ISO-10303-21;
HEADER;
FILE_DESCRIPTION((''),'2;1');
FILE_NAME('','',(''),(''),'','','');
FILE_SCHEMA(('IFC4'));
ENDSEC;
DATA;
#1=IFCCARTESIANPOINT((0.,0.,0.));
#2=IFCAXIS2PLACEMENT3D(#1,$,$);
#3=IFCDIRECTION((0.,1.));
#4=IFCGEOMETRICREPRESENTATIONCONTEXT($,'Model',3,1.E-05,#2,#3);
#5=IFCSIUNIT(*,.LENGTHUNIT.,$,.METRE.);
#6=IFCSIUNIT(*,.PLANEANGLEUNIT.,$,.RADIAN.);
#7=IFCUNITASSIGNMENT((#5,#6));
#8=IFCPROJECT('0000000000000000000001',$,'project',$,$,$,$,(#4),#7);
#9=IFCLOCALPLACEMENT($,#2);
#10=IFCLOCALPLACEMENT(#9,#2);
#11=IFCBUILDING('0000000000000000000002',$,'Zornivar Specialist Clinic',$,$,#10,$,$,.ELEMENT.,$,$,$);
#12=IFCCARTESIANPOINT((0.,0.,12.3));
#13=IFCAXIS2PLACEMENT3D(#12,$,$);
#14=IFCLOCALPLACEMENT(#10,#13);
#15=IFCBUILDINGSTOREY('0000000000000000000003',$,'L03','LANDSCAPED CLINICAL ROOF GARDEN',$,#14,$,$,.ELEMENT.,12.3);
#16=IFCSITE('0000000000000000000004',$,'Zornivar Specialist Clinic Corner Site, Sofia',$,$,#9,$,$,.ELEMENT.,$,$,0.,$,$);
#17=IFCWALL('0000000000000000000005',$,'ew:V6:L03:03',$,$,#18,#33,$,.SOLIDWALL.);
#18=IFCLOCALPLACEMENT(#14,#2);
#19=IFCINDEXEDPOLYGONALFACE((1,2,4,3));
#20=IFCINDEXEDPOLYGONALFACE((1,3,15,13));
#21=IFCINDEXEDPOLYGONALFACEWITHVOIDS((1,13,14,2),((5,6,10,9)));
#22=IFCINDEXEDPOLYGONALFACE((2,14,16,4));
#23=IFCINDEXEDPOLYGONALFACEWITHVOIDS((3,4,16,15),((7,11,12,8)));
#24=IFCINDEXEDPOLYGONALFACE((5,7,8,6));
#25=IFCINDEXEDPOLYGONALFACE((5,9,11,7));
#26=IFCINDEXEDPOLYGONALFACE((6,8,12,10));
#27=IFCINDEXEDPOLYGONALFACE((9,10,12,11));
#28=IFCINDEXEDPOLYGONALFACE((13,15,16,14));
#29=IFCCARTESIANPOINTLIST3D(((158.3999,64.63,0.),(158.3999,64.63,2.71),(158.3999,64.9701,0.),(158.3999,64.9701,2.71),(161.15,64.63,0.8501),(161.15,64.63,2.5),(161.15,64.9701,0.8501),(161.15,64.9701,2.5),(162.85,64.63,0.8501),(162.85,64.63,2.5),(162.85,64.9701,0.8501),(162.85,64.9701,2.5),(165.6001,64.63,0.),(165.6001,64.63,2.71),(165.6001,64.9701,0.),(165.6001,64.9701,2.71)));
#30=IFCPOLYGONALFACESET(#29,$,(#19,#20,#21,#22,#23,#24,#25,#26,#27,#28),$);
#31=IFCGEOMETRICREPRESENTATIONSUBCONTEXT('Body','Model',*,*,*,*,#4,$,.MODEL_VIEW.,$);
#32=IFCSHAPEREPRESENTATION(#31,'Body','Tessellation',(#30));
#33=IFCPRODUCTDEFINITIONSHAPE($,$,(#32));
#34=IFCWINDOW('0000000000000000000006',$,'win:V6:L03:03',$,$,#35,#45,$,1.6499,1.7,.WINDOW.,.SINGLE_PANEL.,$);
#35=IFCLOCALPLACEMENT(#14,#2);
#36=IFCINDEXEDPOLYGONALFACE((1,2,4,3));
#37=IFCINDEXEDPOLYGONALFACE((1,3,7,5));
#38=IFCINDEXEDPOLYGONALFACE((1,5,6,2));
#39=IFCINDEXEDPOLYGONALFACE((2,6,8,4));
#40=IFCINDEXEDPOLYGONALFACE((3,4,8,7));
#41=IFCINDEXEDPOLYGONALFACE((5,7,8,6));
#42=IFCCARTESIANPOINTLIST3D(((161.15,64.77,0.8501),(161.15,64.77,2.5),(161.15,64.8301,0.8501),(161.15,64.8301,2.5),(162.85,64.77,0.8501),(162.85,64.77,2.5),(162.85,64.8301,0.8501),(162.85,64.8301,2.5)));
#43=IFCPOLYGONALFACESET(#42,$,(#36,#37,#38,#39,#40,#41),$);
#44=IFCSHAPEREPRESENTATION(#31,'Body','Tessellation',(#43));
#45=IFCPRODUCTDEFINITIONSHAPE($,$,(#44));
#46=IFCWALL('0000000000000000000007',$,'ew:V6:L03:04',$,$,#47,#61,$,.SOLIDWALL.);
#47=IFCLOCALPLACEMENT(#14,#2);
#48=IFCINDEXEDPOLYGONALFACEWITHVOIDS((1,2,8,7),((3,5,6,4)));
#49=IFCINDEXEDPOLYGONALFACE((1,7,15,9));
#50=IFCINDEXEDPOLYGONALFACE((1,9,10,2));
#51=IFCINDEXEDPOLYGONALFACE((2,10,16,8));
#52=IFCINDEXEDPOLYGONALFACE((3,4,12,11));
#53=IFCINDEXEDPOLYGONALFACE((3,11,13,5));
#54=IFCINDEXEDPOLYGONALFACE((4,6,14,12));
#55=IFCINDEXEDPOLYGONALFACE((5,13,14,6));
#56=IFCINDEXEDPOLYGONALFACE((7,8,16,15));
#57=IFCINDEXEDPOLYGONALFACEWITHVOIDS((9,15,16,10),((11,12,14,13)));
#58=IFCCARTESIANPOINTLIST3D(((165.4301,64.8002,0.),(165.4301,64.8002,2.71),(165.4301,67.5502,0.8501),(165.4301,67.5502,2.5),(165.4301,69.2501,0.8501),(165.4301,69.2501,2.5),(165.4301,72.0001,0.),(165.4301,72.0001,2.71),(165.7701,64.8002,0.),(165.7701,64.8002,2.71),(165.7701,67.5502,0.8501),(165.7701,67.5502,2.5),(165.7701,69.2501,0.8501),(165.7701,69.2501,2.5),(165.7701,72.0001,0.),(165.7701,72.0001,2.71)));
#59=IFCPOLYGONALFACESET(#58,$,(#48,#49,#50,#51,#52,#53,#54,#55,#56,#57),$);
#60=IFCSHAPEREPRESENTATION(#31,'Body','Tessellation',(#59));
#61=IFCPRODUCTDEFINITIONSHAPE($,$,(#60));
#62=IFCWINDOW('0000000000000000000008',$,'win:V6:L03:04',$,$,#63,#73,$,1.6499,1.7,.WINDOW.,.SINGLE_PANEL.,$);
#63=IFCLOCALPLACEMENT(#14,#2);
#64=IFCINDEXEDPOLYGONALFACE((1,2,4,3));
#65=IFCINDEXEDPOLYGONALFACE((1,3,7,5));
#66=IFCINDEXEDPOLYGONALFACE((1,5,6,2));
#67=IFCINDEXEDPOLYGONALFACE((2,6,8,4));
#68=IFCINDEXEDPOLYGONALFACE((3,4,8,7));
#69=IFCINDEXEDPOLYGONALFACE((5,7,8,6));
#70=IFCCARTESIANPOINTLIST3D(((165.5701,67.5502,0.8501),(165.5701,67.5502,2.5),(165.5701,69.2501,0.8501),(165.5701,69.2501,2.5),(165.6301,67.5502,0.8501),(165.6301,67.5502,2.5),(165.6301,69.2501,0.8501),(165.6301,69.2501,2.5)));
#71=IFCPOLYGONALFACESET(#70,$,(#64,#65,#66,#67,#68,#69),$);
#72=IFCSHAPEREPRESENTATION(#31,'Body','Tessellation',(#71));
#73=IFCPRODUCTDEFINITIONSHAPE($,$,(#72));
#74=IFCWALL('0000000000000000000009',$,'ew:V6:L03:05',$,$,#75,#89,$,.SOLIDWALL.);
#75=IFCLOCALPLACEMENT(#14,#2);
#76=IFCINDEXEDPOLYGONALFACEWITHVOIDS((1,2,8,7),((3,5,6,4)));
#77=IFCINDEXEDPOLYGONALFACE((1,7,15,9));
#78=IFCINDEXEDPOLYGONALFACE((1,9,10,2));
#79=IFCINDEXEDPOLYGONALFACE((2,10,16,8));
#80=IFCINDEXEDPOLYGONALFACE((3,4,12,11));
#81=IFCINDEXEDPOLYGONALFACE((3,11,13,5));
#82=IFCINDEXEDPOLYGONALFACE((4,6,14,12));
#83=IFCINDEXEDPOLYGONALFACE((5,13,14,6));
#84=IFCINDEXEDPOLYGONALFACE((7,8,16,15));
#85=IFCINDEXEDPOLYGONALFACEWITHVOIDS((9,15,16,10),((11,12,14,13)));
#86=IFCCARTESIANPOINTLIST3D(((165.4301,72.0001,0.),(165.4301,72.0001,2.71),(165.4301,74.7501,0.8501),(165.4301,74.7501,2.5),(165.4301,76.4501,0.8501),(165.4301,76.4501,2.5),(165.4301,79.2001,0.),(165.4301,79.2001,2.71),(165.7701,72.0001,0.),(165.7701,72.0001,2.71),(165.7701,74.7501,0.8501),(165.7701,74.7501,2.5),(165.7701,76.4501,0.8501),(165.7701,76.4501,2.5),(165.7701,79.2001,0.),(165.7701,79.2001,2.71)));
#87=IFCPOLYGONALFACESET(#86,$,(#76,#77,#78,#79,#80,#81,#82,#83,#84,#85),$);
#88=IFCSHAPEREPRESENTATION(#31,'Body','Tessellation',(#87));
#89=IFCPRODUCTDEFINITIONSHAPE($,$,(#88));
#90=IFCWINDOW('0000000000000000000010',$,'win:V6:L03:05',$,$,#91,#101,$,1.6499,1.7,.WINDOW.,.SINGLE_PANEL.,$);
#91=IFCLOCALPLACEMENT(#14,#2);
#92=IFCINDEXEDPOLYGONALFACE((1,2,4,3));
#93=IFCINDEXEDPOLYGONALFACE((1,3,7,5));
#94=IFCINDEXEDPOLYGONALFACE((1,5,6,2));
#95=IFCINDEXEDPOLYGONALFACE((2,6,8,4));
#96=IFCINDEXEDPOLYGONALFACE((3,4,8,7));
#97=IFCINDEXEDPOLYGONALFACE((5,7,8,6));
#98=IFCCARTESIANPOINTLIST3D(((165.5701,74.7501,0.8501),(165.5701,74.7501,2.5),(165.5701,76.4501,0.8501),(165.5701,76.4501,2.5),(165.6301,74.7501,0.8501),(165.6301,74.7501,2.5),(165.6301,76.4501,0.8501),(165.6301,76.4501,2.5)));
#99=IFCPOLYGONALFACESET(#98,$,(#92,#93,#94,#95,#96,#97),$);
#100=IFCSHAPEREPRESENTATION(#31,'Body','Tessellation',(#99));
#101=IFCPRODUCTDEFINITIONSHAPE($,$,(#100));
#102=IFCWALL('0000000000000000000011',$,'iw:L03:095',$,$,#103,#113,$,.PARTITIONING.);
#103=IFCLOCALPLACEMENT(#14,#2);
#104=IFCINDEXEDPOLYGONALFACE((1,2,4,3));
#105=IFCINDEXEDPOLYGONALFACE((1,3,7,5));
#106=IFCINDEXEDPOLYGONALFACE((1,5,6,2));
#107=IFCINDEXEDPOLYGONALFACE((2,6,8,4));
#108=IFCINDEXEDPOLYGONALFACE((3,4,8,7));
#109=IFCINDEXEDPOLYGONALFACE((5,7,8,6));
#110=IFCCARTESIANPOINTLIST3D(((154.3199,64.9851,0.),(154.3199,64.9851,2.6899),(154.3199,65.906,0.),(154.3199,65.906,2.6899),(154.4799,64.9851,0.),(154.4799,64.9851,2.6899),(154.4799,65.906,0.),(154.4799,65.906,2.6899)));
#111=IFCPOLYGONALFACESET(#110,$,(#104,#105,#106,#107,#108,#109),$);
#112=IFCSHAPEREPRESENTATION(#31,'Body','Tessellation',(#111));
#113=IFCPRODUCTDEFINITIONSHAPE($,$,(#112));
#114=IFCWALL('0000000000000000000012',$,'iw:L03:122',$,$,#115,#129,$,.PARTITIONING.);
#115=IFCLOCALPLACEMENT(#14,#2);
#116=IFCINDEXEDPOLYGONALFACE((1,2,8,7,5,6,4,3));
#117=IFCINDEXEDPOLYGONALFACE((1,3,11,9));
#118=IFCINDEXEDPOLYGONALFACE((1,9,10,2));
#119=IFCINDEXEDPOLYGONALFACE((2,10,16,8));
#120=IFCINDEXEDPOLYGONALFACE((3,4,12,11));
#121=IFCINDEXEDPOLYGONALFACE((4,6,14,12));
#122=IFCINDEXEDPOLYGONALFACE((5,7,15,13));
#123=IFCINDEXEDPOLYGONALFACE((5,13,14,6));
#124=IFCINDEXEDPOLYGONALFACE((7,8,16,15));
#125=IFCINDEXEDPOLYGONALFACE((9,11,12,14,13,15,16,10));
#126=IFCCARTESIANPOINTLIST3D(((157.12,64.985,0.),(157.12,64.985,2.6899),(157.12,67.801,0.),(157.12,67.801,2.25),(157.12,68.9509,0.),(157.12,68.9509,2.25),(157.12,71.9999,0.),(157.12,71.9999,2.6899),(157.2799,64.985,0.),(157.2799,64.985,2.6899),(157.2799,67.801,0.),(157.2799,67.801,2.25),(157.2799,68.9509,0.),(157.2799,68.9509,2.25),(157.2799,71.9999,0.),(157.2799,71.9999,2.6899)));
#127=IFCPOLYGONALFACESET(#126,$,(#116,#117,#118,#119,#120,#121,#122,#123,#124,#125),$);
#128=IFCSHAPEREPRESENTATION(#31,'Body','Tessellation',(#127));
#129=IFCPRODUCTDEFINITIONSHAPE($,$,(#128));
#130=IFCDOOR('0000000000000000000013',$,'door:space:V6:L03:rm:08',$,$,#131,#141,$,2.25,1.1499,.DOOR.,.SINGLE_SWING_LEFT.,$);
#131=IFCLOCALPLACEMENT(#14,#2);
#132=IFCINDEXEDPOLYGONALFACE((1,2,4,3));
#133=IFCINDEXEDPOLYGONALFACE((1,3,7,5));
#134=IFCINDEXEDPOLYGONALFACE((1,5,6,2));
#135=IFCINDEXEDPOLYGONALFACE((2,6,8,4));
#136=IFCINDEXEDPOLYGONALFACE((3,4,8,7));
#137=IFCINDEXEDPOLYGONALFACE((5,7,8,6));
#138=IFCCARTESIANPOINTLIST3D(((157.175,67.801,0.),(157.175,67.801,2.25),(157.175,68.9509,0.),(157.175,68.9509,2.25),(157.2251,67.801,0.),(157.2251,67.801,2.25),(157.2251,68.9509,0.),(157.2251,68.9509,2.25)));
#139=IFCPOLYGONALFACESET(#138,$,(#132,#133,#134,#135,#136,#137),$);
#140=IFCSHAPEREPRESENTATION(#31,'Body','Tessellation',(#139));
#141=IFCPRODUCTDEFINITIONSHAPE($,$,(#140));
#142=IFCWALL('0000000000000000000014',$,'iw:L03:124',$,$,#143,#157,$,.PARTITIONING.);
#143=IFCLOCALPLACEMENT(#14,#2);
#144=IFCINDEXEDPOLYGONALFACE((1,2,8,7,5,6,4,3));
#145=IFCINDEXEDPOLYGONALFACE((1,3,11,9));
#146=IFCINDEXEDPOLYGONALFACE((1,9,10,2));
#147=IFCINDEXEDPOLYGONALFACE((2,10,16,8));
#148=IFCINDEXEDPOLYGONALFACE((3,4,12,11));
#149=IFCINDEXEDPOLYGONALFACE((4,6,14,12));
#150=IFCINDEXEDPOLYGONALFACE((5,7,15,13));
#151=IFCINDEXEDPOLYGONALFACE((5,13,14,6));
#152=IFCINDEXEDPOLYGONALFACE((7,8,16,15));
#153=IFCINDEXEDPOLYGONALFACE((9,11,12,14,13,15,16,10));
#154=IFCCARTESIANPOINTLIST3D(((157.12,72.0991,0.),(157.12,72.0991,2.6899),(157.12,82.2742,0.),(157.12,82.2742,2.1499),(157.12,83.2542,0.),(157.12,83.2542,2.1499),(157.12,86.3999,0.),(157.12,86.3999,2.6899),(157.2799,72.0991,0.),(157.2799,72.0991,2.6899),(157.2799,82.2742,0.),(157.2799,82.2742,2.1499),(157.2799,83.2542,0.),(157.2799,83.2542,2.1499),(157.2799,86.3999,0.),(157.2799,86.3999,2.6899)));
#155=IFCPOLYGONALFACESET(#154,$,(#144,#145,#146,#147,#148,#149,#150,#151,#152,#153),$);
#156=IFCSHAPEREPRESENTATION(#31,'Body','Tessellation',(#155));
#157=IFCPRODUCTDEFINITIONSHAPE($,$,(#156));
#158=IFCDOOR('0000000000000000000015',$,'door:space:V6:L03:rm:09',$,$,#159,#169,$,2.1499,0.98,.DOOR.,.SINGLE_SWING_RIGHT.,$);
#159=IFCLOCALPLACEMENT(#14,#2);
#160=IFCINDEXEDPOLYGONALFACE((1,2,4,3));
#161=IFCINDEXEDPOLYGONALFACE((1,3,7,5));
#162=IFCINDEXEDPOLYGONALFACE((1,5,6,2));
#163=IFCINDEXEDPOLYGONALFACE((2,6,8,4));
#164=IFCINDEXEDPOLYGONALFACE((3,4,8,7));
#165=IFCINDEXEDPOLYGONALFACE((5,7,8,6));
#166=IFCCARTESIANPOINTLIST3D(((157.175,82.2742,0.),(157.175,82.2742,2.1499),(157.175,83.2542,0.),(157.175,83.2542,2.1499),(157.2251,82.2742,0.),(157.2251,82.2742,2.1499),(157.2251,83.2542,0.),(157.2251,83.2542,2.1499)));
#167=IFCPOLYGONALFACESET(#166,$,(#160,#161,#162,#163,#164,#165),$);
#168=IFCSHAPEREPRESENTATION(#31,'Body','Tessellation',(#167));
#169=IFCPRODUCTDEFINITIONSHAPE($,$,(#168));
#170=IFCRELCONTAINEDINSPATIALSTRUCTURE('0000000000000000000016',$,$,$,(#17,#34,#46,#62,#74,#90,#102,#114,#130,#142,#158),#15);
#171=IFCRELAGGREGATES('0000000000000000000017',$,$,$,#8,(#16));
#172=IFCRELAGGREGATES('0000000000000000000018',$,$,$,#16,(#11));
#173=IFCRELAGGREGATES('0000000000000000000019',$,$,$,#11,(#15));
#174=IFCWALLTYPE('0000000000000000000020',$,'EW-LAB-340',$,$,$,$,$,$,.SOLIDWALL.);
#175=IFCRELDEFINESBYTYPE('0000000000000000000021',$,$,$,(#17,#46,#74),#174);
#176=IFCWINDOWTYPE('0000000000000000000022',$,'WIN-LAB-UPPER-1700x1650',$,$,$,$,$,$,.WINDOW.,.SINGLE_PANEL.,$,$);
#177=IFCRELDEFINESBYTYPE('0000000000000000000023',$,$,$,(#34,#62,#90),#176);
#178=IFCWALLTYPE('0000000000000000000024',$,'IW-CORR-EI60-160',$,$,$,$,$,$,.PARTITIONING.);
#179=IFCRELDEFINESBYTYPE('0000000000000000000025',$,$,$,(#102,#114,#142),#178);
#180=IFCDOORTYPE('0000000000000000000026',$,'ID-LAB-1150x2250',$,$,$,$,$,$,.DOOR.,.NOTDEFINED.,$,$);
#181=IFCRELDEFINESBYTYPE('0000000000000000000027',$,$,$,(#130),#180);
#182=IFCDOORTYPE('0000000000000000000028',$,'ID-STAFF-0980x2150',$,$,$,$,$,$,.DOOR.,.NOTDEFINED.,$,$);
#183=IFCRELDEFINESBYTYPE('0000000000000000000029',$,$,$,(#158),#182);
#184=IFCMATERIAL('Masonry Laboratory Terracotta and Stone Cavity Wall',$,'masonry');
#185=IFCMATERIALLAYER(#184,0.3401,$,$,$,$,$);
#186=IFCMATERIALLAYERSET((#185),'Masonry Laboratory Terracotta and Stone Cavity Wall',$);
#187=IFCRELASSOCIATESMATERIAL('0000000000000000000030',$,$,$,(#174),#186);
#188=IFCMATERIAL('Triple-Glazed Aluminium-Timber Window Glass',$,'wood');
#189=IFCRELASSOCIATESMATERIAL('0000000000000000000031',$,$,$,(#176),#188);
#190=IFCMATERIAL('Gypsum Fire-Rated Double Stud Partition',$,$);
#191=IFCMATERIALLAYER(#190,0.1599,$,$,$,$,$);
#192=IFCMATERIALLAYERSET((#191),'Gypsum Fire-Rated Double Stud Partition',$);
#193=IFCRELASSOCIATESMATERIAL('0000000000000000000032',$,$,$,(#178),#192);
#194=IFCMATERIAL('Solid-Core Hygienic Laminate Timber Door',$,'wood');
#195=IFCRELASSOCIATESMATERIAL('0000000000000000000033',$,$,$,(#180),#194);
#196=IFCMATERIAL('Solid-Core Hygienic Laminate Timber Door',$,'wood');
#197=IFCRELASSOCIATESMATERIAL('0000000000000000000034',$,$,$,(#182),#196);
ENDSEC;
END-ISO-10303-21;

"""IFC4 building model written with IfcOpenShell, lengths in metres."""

from ifc_helpers import new_model, si_unit, direction, frame, frame_2d, origin, place, context, subcontext, project, spatial, rectangle, extrude, material, layer, layer_set, type_object, element, fill, save


model = new_model("IFC4")

# Units and contexts
model_context = context("Model", 3, precision=1e-05, world=origin(), true_north=direction((0.0, 1.0)))
body_context = subcontext(model_context, "Body", "Model", "MODEL_VIEW")
ifc_project = project(units=[si_unit("LENGTHUNIT", "METRE"), si_unit("PLANEANGLEUNIT", "RADIAN")], contexts=[model_context])

# Site, building, storey
site_placement = place(None, origin())
site = spatial("IfcSite", under=ifc_project, at=site_placement, Name="Zornivar Specialist Clinic Corner Site, Sofia", CompositionType="ELEMENT", RefElevation=0.0)
building_placement = place(site_placement, origin())
building = spatial("IfcBuilding", under=site, at=building_placement, Name="Zornivar Specialist Clinic", CompositionType="ELEMENT")
storey_placement = place(building_placement, frame((0.0, 0.0, 12.3)))
storey = spatial("IfcBuildingStorey", under=building, at=storey_placement, Name="L03", Description="LANDSCAPED CLINICAL ROOF GARDEN", CompositionType="ELEMENT", Elevation=12.3)

# Walls, openings, windows
ifc_material_1 = material(Name="Masonry Laboratory Terracotta and Stone Cavity Wall", Category="masonry")
ifc_layer_1 = layer(ifc_material_1, 0.3401)
ifc_layer_set_1 = layer_set([ifc_layer_1], Name="Masonry Laboratory Terracotta and Stone Cavity Wall")
wall_type_1 = type_object("IfcWallType", Name="EW-LAB-340", PredefinedType="SOLIDWALL", material=ifc_layer_set_1)
wall_1_placement = place(storey_placement, frame((158.3999, 64.8, 0.0), z_axis=(0.0, 0.0, 1.0), x_axis=(1.0, 0.0, 0.0)))
wall_1 = element("IfcWall", 1, at=wall_1_placement, inside=storey, type_object=wall_type_1, Name="ew:V6:L03:03", PredefinedType="SOLIDWALL", context=body_context, shape_type="SweptSolid", body=[
    extrude(rectangle(XDim=7.2002, YDim=0.3401, at=frame_2d((3.6001, 0.0))), origin(), (0.0, 0.0, 1.0), 2.71),
])
opening_1_placement = place(wall_1_placement, frame((2.75, 0.0, 0.8501)))
opening_1 = element("IfcOpeningElement", 2, at=opening_1_placement, cuts=wall_1, PredefinedType="OPENING", context=body_context, shape_type="SweptSolid", body=[
    extrude(rectangle(XDim=1.7, YDim=1.6499, at=frame_2d((0.8501, 0.825))), frame((0.0, 0.1799, 0.0), z_axis=(0.0, -1.0, 0.0), x_axis=(1.0, 0.0, 0.0)), (0.0, 0.0, 1.0), 0.3601),
])
ifc_material_2 = material(Name="Triple-Glazed Aluminium-Timber Window Glass", Category="wood")
window_type = type_object("IfcWindowType", Name="WIN-LAB-UPPER-1700x1650", PartitioningType="SINGLE_PANEL", PredefinedType="WINDOW", material=ifc_material_2)
window_1_placement = place(opening_1_placement, origin())
window_1 = element("IfcWindow", 3, at=window_1_placement, inside=storey, type_object=window_type, Name="win:V6:L03:03", OverallHeight=1.6499, OverallWidth=1.7, PartitioningType="SINGLE_PANEL", PredefinedType="WINDOW", context=body_context, shape_type="SweptSolid", body=[
    extrude(rectangle(XDim=1.7, YDim=1.6499, at=frame_2d((0.8501, 0.825))), frame((0.0, 0.03, 0.0), z_axis=(0.0, -1.0, 0.0), x_axis=(1.0, 0.0, 0.0)), (0.0, 0.0, 1.0), 0.0601),
])
fill(opening_1, window_1)
wall_2_placement = place(storey_placement, frame((165.6001, 64.8, 0.0), z_axis=(0.0, 0.0, 1.0), x_axis=(0.0, 1.0, 0.0)))
wall_2 = element("IfcWall", 4, at=wall_2_placement, inside=storey, type_object=wall_type_1, Name="ew:V6:L03:04", PredefinedType="SOLIDWALL", context=body_context, shape_type="SweptSolid", body=[
    extrude(rectangle(XDim=7.2, YDim=0.3401, at=frame_2d((3.6001, 0.0))), origin(), (0.0, 0.0, 1.0), 2.71),
])
opening_2_placement = place(wall_2_placement, frame((2.75, 0.0, 0.8501)))
opening_2 = element("IfcOpeningElement", 5, at=opening_2_placement, cuts=wall_2, PredefinedType="OPENING", context=body_context, shape_type="SweptSolid", body=[
    extrude(rectangle(XDim=1.7, YDim=1.6499, at=frame_2d((0.8501, 0.825))), frame((0.0, 0.1799, 0.0), z_axis=(0.0, -1.0, 0.0), x_axis=(1.0, 0.0, 0.0)), (0.0, 0.0, 1.0), 0.3601),
])
window_2_placement = place(opening_2_placement, origin())
window_2 = element("IfcWindow", 6, at=window_2_placement, inside=storey, type_object=window_type, Name="win:V6:L03:04", OverallHeight=1.6499, OverallWidth=1.7, PartitioningType="SINGLE_PANEL", PredefinedType="WINDOW", context=body_context, shape_type="SweptSolid", body=[
    extrude(rectangle(XDim=1.7, YDim=1.6499, at=frame_2d((0.8501, 0.825))), frame((0.0, 0.03, 0.0), z_axis=(0.0, -1.0, 0.0), x_axis=(1.0, 0.0, 0.0)), (0.0, 0.0, 1.0), 0.0601),
])
fill(opening_2, window_2)
wall_3_placement = place(storey_placement, frame((165.6001, 72.0, 0.0), z_axis=(0.0, 0.0, 1.0), x_axis=(0.0, 1.0, 0.0)))
wall_3 = element("IfcWall", 7, at=wall_3_placement, inside=storey, type_object=wall_type_1, Name="ew:V6:L03:05", PredefinedType="SOLIDWALL", context=body_context, shape_type="SweptSolid", body=[
    extrude(rectangle(XDim=7.2, YDim=0.3401, at=frame_2d((3.6001, 0.0))), origin(), (0.0, 0.0, 1.0), 2.71),
])
opening_3_placement = place(wall_3_placement, frame((2.75, 0.0, 0.8501)))
opening_3 = element("IfcOpeningElement", 8, at=opening_3_placement, cuts=wall_3, PredefinedType="OPENING", context=body_context, shape_type="SweptSolid", body=[
    extrude(rectangle(XDim=1.7, YDim=1.6499, at=frame_2d((0.8501, 0.825))), frame((0.0, 0.1799, 0.0), z_axis=(0.0, -1.0, 0.0), x_axis=(1.0, 0.0, 0.0)), (0.0, 0.0, 1.0), 0.3601),
])
window_3_placement = place(opening_3_placement, origin())
window_3 = element("IfcWindow", 9, at=window_3_placement, inside=storey, type_object=window_type, Name="win:V6:L03:05", OverallHeight=1.6499, OverallWidth=1.7, PartitioningType="SINGLE_PANEL", PredefinedType="WINDOW", context=body_context, shape_type="SweptSolid", body=[
    extrude(rectangle(XDim=1.7, YDim=1.6499, at=frame_2d((0.8501, 0.825))), frame((0.0, 0.03, 0.0), z_axis=(0.0, -1.0, 0.0), x_axis=(1.0, 0.0, 0.0)), (0.0, 0.0, 1.0), 0.0601),
])
fill(opening_3, window_3)

# Wall
ifc_material_3 = material(Name="Gypsum Fire-Rated Double Stud Partition")
ifc_layer_2 = layer(ifc_material_3, 0.1599)
ifc_layer_set_2 = layer_set([ifc_layer_2], Name="Gypsum Fire-Rated Double Stud Partition")
wall_type_2 = type_object("IfcWallType", Name="IW-CORR-EI60-160", PredefinedType="PARTITIONING", material=ifc_layer_set_2)
wall_4_placement = place(storey_placement, frame((154.3999, 65.906, 0.0), z_axis=(0.0, 0.0, 1.0), x_axis=(0.0, -1.0, 0.0)))
element("IfcWall", 10, at=wall_4_placement, inside=storey, type_object=wall_type_2, Name="iw:L03:095", PredefinedType="PARTITIONING", context=body_context, shape_type="SweptSolid", body=[
    extrude(rectangle(XDim=0.9209, YDim=0.1599, at=frame_2d((0.4604, 0.0))), origin(), (0.0, 0.0, 1.0), 2.6899),
])

# Walls, openings, doors
wall_5_placement = place(storey_placement, frame((157.2, 64.9851, 0.0), z_axis=(0.0, 0.0, 1.0), x_axis=(0.0, 1.0, 0.0)))
wall_5 = element("IfcWall", 11, at=wall_5_placement, inside=storey, type_object=wall_type_2, Name="iw:L03:122", PredefinedType="PARTITIONING", context=body_context, shape_type="SweptSolid", body=[
    extrude(rectangle(XDim=7.0149, YDim=0.1599, at=frame_2d((3.5073, 0.0))), origin(), (0.0, 0.0, 1.0), 2.6899),
])
opening_4_placement = place(wall_5_placement, frame((2.8159, 0.0, 0.0)))
opening_4 = element("IfcOpeningElement", 12, at=opening_4_placement, cuts=wall_5, PredefinedType="OPENING", context=body_context, shape_type="SweptSolid", body=[
    extrude(rectangle(XDim=1.1499, YDim=2.25, at=frame_2d((0.575, 1.125))), frame((0.0, 0.0898, 0.0), z_axis=(0.0, -1.0, 0.0), x_axis=(1.0, 0.0, 0.0)), (0.0, 0.0, 1.0), 0.1799),
])
ifc_material_4 = material(Name="Solid-Core Hygienic Laminate Timber Door", Category="wood")
door_type_1 = type_object("IfcDoorType", Name="ID-LAB-1150x2250", OperationType="NOTDEFINED", PredefinedType="DOOR", material=ifc_material_4)
door_1_placement = place(opening_4_placement, origin())
door_1 = element("IfcDoor", 13, at=door_1_placement, inside=storey, type_object=door_type_1, Name="door:space:V6:L03:rm:08", OperationType="SINGLE_SWING_LEFT", OverallHeight=2.25, OverallWidth=1.1499, PredefinedType="DOOR", context=body_context, shape_type="SweptSolid", body=[
    extrude(rectangle(XDim=1.1499, YDim=2.25, at=frame_2d((0.575, 1.125))), frame((0.0, 0.0249, 0.0), z_axis=(0.0, -1.0, 0.0), x_axis=(1.0, 0.0, 0.0)), (0.0, 0.0, 1.0), 0.05),
])
fill(opening_4, door_1)
wall_6_placement = place(storey_placement, frame((157.2, 72.0991, 0.0), z_axis=(0.0, 0.0, 1.0), x_axis=(0.0, 1.0, 0.0)))
wall_6 = element("IfcWall", 14, at=wall_6_placement, inside=storey, type_object=wall_type_2, Name="iw:L03:124", PredefinedType="PARTITIONING", context=body_context, shape_type="SweptSolid", body=[
    extrude(rectangle(XDim=14.3008, YDim=0.1599, at=frame_2d((7.1504, 0.0))), origin(), (0.0, 0.0, 1.0), 2.6899),
])
opening_5_placement = place(wall_6_placement, frame((10.175, 0.0, 0.0)))
opening_5 = element("IfcOpeningElement", 15, at=opening_5_placement, cuts=wall_6, PredefinedType="OPENING", context=body_context, shape_type="SweptSolid", body=[
    extrude(rectangle(XDim=0.98, YDim=2.1499, at=frame_2d((0.49, 1.075))), frame((0.0, 0.0898, 0.0), z_axis=(0.0, -1.0, 0.0), x_axis=(1.0, 0.0, 0.0)), (0.0, 0.0, 1.0), 0.1799),
])
ifc_material_5 = material(Name="Solid-Core Hygienic Laminate Timber Door", Category="wood")
door_type_2 = type_object("IfcDoorType", Name="ID-STAFF-0980x2150", OperationType="NOTDEFINED", PredefinedType="DOOR", material=ifc_material_5)
door_2_placement = place(opening_5_placement, origin())
door_2 = element("IfcDoor", 16, at=door_2_placement, inside=storey, type_object=door_type_2, Name="door:space:V6:L03:rm:09", OperationType="SINGLE_SWING_RIGHT", OverallHeight=2.1499, OverallWidth=0.98, PredefinedType="DOOR", context=body_context, shape_type="SweptSolid", body=[
    extrude(rectangle(XDim=0.98, YDim=2.1499, at=frame_2d((0.49, 1.075))), frame((0.0, 0.0249, 0.0), z_axis=(0.0, -1.0, 0.0), x_axis=(1.0, 0.0, 0.0)), (0.0, 0.0, 1.0), 0.05),
])
fill(opening_5, door_2)

save(model, "model.ifc")
